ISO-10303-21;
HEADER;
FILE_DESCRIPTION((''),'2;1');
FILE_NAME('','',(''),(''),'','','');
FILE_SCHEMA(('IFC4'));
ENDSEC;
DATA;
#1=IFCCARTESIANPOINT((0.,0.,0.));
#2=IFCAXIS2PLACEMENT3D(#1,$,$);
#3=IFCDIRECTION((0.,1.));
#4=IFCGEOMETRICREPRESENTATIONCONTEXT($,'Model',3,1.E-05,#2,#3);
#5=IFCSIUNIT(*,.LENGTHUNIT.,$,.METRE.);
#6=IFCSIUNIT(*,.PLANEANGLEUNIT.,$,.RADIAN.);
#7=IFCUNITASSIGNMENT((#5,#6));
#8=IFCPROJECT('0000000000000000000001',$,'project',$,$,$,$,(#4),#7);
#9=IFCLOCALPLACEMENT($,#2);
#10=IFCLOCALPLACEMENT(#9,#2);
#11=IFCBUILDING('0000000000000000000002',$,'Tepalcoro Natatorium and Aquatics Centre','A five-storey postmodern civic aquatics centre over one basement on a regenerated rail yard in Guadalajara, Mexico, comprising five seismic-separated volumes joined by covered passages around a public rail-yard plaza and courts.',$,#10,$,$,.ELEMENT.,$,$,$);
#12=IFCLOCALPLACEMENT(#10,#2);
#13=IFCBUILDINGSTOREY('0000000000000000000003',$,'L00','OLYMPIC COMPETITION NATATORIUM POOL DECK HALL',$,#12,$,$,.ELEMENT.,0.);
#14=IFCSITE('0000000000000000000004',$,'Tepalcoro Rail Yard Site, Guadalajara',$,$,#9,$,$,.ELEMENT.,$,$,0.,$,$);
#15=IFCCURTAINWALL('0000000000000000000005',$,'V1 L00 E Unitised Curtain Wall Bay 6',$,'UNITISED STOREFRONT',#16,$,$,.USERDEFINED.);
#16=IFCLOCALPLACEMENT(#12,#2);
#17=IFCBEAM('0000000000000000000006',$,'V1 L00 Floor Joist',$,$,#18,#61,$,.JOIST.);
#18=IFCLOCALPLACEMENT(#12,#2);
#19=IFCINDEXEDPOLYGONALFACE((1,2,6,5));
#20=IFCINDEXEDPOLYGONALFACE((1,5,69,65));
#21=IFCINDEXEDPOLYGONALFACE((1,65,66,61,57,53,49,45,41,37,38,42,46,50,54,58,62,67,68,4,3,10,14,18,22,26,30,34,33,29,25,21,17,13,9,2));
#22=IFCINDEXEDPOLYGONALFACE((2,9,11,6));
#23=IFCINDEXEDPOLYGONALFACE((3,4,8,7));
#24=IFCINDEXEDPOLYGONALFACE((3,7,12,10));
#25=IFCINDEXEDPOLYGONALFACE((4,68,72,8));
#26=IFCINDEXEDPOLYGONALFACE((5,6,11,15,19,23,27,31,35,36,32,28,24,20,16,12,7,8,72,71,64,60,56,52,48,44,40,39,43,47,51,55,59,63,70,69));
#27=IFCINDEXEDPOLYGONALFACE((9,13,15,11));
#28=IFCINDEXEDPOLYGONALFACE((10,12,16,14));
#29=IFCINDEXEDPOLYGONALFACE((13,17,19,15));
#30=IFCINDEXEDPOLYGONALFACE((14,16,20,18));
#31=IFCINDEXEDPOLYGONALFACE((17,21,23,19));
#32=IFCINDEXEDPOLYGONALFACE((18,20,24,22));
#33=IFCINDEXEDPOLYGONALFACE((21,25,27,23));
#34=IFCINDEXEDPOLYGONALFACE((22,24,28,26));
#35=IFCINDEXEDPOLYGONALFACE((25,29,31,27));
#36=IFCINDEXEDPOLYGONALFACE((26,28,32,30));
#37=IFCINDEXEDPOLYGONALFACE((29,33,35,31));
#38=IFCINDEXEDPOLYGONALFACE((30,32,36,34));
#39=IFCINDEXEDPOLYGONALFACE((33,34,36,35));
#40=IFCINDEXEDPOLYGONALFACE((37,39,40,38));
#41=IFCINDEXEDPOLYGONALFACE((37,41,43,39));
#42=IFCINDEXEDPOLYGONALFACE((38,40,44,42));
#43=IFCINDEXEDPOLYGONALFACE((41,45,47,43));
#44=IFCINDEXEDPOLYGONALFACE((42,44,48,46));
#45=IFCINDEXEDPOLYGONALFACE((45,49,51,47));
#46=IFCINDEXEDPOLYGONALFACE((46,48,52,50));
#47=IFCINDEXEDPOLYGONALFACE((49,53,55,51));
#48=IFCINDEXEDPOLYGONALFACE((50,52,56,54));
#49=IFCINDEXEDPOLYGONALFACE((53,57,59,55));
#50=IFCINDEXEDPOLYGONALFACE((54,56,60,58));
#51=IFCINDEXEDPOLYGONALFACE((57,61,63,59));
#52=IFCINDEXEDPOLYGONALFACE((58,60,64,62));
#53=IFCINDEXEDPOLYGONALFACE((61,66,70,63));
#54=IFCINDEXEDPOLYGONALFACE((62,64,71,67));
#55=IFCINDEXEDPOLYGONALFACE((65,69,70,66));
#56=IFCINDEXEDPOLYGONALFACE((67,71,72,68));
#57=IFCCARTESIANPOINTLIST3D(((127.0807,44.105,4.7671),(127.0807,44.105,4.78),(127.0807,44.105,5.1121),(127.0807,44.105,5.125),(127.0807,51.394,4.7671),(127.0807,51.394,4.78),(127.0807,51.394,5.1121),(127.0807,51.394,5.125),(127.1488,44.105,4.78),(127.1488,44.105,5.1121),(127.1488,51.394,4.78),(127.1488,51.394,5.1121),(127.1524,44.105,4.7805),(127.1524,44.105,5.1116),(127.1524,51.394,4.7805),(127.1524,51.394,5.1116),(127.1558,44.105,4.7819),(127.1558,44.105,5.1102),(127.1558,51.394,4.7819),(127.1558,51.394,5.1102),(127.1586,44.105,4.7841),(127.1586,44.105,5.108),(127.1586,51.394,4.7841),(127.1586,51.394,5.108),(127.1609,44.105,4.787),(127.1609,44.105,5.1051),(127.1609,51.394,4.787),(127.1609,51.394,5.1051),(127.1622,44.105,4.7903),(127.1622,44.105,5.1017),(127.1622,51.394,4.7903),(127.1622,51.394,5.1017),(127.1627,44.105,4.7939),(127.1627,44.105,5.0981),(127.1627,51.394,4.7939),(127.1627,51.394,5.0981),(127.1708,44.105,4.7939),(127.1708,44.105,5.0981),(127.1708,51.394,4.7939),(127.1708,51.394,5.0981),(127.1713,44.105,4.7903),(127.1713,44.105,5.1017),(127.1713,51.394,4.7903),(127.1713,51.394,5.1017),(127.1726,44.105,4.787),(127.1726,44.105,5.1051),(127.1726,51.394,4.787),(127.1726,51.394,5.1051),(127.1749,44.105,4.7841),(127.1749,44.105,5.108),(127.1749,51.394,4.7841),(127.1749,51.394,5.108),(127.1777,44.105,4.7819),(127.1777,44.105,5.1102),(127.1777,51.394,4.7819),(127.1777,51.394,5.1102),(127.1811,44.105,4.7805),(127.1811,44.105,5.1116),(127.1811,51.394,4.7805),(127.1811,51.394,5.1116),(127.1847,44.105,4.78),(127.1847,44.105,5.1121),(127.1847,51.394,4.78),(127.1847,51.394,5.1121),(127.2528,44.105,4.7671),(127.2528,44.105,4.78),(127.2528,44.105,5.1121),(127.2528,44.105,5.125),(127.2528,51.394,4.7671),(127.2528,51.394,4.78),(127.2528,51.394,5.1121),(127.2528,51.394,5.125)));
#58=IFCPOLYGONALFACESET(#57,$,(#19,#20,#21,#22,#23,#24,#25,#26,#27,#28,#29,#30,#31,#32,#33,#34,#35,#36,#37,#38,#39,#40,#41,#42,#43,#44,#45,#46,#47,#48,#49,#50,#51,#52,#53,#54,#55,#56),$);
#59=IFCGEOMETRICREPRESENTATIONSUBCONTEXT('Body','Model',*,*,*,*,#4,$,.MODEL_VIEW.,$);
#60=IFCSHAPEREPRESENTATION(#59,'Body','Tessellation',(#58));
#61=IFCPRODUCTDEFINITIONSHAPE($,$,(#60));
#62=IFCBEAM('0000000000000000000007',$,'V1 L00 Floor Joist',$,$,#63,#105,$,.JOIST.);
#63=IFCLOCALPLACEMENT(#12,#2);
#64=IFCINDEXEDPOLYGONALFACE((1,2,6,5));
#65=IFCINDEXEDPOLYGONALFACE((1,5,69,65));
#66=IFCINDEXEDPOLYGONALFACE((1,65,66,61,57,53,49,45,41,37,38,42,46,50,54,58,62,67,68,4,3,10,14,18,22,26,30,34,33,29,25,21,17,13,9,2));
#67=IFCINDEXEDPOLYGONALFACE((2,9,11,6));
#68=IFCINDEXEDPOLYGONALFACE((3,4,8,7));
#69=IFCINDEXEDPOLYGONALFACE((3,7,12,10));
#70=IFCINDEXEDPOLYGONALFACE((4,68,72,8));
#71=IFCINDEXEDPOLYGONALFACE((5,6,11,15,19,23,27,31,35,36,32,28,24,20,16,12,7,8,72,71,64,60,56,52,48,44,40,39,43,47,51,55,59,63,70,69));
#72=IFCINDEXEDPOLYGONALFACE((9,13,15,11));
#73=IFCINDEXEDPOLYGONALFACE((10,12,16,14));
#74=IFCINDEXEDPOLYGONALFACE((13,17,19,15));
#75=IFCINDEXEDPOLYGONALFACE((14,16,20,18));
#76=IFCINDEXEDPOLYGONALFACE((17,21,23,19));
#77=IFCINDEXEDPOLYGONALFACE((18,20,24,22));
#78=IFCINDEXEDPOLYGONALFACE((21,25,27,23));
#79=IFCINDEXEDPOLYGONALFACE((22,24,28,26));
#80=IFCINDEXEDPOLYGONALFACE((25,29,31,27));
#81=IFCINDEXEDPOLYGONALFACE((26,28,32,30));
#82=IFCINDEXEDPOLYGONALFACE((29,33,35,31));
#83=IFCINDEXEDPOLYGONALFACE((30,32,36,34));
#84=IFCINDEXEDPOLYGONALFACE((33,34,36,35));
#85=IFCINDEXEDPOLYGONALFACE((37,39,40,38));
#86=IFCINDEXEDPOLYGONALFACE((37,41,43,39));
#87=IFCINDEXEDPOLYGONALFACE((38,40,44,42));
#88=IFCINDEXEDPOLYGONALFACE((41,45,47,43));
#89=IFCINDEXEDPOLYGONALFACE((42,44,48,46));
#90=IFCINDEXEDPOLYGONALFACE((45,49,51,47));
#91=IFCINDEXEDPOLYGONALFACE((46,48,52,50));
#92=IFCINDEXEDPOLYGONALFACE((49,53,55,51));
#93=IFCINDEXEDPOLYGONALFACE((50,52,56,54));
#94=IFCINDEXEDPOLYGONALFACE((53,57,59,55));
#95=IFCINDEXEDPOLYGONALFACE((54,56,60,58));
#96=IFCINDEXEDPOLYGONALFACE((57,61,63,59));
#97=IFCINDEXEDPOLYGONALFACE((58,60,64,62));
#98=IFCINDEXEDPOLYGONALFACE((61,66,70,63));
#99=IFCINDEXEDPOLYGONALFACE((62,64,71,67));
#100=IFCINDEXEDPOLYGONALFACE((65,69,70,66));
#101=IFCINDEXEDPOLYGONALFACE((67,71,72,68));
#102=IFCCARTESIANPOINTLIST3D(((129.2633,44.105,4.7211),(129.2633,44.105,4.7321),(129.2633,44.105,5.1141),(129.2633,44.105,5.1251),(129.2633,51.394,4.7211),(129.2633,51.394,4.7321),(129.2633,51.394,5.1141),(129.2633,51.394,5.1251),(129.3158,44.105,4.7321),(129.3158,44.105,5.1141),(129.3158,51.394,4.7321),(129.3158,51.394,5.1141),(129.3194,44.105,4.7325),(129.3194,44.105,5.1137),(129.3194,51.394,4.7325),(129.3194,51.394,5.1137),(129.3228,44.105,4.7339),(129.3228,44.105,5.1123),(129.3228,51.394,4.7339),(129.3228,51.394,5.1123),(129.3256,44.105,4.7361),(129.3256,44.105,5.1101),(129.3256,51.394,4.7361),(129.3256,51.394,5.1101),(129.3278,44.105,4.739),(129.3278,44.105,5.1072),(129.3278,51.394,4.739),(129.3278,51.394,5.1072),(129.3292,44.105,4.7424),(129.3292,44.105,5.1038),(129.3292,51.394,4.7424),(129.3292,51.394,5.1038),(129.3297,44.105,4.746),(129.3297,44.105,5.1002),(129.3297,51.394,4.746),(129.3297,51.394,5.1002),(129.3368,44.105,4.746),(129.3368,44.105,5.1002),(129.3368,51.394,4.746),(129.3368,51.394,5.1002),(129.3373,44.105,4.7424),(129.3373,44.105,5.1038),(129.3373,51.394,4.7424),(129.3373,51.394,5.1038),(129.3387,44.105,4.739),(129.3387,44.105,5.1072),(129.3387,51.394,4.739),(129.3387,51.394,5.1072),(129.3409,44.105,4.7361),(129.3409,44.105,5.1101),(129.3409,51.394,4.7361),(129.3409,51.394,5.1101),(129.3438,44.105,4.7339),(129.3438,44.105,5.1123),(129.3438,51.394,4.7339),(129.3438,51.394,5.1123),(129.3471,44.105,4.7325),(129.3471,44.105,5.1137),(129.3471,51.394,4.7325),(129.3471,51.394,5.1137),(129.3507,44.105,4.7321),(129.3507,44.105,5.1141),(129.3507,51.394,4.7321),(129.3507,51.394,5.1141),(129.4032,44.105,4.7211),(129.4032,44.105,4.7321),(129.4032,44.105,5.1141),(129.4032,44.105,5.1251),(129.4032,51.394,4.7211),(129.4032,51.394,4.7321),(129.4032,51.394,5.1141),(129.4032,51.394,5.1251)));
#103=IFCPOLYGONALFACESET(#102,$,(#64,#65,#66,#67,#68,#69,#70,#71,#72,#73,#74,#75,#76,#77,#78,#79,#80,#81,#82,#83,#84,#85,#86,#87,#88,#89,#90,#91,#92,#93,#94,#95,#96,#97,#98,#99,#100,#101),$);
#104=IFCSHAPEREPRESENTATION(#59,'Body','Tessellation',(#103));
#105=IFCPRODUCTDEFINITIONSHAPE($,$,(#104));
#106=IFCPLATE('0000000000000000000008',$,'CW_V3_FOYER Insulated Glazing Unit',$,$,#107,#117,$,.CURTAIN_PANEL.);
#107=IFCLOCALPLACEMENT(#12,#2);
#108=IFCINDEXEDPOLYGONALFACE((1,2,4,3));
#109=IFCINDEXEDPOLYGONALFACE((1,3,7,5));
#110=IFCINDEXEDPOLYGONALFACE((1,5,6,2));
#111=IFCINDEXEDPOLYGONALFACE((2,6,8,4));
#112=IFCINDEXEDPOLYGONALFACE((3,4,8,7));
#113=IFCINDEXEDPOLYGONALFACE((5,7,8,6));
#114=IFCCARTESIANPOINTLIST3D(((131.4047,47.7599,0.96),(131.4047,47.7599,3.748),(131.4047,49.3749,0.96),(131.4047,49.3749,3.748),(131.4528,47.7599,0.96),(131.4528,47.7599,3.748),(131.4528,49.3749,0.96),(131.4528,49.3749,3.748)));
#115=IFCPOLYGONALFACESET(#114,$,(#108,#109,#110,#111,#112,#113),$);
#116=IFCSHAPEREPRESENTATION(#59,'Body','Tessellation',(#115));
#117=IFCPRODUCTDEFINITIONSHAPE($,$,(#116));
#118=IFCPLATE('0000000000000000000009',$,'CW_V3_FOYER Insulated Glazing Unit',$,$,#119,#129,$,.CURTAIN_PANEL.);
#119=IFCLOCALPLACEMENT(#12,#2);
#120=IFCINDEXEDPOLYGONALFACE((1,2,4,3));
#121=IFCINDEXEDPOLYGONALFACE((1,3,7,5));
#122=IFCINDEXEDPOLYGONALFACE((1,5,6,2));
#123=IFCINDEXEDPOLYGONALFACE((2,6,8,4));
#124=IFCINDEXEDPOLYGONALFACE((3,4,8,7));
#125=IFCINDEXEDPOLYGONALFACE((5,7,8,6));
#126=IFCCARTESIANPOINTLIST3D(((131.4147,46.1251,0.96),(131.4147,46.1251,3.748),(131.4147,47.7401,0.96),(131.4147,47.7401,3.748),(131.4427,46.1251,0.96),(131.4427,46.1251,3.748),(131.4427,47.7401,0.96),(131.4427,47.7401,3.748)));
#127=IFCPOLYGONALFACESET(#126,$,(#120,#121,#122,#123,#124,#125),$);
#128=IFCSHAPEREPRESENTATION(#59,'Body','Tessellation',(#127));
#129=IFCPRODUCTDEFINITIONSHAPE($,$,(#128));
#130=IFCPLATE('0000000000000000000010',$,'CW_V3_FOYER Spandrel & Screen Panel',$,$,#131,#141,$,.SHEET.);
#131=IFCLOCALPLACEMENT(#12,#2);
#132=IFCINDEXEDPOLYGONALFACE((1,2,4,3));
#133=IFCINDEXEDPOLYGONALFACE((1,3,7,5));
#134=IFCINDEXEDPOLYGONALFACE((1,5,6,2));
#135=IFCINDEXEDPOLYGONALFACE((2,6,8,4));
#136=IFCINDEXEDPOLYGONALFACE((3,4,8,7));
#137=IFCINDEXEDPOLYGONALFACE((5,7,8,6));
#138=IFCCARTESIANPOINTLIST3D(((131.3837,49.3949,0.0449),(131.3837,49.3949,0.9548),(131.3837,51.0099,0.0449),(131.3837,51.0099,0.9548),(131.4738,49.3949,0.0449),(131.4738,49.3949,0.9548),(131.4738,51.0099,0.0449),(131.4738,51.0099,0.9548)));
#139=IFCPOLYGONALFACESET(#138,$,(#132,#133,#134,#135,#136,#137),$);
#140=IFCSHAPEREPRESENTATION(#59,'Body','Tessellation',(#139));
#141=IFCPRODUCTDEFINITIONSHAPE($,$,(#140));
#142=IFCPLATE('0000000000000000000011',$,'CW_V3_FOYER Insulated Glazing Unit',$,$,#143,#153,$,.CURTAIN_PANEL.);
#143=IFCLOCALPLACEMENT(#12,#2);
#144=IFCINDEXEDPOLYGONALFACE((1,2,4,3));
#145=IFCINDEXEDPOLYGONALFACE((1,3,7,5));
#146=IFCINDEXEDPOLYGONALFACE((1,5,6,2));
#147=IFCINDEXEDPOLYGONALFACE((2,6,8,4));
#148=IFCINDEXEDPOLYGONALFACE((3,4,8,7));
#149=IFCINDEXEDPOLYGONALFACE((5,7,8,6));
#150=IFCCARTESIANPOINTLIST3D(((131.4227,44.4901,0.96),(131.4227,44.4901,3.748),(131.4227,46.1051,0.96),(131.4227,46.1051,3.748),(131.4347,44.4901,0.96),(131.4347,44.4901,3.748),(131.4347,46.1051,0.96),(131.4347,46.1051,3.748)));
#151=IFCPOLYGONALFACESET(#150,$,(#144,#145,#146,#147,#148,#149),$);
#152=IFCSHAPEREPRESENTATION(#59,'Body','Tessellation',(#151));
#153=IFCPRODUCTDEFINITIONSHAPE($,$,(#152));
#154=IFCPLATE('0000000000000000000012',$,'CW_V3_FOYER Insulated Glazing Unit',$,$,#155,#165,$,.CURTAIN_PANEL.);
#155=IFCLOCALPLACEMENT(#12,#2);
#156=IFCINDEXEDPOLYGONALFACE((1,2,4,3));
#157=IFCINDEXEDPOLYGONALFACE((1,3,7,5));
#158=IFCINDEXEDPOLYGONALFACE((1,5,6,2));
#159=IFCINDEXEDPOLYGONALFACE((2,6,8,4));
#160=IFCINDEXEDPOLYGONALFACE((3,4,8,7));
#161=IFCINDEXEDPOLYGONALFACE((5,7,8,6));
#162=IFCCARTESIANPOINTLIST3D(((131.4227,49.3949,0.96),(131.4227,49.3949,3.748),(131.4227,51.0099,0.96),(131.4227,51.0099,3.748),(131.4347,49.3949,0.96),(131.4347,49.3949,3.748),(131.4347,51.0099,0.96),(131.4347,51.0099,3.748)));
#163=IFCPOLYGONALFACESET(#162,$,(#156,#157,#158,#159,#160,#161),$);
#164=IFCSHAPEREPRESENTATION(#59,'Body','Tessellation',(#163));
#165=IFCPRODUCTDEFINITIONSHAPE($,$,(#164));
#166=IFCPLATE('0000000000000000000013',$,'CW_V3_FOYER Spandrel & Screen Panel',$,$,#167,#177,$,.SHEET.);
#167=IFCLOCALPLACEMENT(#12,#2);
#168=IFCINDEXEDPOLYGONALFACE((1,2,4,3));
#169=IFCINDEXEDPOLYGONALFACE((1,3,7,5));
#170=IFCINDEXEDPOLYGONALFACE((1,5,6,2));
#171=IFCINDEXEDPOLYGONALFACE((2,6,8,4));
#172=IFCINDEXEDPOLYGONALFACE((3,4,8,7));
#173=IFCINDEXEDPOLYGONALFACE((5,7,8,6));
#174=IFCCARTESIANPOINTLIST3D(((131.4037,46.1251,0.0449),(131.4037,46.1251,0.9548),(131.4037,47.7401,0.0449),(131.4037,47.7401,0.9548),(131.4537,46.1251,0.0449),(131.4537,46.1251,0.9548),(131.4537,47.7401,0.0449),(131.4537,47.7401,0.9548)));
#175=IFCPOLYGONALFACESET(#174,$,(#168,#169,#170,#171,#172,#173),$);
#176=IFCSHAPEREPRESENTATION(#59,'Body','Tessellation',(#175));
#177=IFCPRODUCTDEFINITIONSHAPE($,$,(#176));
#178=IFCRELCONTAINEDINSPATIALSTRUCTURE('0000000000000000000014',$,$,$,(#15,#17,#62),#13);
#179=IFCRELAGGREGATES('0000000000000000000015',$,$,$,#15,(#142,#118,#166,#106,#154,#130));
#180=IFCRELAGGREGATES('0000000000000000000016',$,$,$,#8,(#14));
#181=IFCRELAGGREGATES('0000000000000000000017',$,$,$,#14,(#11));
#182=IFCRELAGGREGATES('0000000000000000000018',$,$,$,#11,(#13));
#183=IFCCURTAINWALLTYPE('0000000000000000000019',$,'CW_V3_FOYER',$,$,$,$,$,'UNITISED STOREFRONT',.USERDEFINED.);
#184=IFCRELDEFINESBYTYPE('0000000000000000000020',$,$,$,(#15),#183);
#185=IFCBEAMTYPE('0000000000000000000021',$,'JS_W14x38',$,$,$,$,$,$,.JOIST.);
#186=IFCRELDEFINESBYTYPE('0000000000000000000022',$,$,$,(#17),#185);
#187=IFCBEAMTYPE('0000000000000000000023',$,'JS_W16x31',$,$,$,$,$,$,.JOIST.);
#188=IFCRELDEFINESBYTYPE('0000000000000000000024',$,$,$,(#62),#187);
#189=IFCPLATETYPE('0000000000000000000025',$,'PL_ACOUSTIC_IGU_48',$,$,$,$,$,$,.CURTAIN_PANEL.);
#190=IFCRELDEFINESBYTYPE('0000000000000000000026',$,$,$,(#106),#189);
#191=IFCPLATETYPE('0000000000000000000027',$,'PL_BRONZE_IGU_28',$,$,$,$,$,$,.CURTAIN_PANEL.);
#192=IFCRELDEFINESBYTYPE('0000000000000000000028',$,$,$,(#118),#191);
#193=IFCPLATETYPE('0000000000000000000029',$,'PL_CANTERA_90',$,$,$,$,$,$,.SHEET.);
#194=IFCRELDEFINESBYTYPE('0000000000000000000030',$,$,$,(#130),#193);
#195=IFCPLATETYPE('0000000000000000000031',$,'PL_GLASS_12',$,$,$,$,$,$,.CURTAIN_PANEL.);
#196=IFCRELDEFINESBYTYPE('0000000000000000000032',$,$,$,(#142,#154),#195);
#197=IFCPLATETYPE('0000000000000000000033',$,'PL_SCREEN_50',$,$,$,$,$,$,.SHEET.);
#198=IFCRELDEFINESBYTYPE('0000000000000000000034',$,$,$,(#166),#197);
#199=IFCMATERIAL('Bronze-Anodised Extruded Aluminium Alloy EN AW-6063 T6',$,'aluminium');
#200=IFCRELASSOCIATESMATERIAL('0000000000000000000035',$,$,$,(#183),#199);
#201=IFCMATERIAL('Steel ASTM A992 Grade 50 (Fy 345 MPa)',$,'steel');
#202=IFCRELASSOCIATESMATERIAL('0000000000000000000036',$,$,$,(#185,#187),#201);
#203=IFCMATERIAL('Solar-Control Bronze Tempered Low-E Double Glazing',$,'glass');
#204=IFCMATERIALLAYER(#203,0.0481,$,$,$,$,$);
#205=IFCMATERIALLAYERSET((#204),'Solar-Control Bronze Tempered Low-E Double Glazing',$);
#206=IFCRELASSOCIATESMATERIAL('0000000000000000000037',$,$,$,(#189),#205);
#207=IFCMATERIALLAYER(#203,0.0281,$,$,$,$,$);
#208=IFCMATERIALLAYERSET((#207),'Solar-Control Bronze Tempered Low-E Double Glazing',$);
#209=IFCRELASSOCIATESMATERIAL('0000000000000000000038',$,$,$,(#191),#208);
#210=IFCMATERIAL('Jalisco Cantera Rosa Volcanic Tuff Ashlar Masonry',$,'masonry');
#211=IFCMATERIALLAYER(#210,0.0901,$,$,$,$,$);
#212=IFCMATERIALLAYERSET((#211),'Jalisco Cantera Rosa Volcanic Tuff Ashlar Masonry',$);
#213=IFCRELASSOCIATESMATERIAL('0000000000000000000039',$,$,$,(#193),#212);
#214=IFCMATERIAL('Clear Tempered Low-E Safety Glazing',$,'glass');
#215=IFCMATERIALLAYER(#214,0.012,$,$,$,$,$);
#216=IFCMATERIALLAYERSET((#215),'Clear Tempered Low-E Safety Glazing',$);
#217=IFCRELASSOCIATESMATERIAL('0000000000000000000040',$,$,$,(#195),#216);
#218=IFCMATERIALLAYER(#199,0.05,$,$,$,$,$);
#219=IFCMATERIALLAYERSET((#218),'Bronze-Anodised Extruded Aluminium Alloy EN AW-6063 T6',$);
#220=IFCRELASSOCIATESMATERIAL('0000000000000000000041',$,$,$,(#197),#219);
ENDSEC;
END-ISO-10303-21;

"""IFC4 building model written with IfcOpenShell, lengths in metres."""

from ifc_helpers import new_model, si_unit, direction, frame, origin, origin_2d, place, context, subcontext, project, spatial, rectangle, i_section, extrude, material, layer, layer_set, material_profile, profile_set, type_object, element, aggregate, save


model = new_model("IFC4")

# Units and contexts
model_context = context("Model", 3, precision=1e-05, world=origin(), true_north=direction((0.0, 1.0)))
body_context = subcontext(model_context, "Body", "Model", "MODEL_VIEW")
ifc_project = project(units=[si_unit("LENGTHUNIT", "METRE"), si_unit("PLANEANGLEUNIT", "RADIAN")], contexts=[model_context])

# Site, building, storey
site_placement = place(None, origin())
site = spatial("IfcSite", under=ifc_project, at=site_placement, Name="Tepalcoro Rail Yard Site, Guadalajara", CompositionType="ELEMENT", RefElevation=0.0)
building_placement = place(site_placement, origin())
building = spatial("IfcBuilding", under=site, at=building_placement, Name="Tepalcoro Natatorium and Aquatics Centre", Description="A five-storey postmodern civic aquatics centre over one basement on a regenerated rail yard in Guadalajara, Mexico, comprising five seismic-separated volumes joined by covered passages around a public rail-yard plaza and courts.", CompositionType="ELEMENT")
storey_placement = place(building_placement, origin())
storey = spatial("IfcBuildingStorey", under=building, at=storey_placement, Name="L00", Description="OLYMPIC COMPETITION NATATORIUM POOL DECK HALL", CompositionType="ELEMENT", Elevation=0.0)

# Shared definitions
ifc_material_1 = material(Name="Steel ASTM A992 Grade 50 (Fy 345 MPa)", Category="steel")

# Curtain wall
ifc_material_2 = material(Name="Bronze-Anodised Extruded Aluminium Alloy EN AW-6063 T6", Category="aluminium")
curtain_wall_type = type_object("IfcCurtainWallType", Name="CW_V3_FOYER", ElementType="UNITISED STOREFRONT", PredefinedType="USERDEFINED", material=ifc_material_2)
curtain_wall_placement = place(storey_placement, origin())
curtain_wall = element("IfcCurtainWall", 1, at=curtain_wall_placement, inside=storey, type_object=curtain_wall_type, Name="V1 L00 E Unitised Curtain Wall Bay 6", ObjectType="UNITISED STOREFRONT", PredefinedType="USERDEFINED")

# Beams
ifc_material_profile_1 = material_profile(ifc_material_1, i_section(OverallWidth=0.1721, OverallDepth=0.3579, WebThickness=0.0081, FlangeThickness=0.0129, FilletRadius=0.0139, at=origin_2d()), Name="W14X38")
ifc_profile_set_1 = profile_set([ifc_material_profile_1], Name="Steel ASTM A992 Grade 50 (Fy 345 MPa)")
beam_type_1 = type_object("IfcBeamType", Name="JS_W14x38", PredefinedType="JOIST", material=ifc_profile_set_1)
beam_1_placement = place(storey_placement, frame((127.1667, 44.105, 4.946), z_axis=(0.0, 1.0, 0.0), x_axis=(-1.0, 0.0, 0.0)))
element("IfcBeam", 2, at=beam_1_placement, inside=storey, type_object=beam_type_1, Name="V1 L00 Floor Joist", PredefinedType="JOIST", context=body_context, shape_type="SweptSolid", body=[
    extrude(i_section(OverallWidth=0.1721, OverallDepth=0.3579, WebThickness=0.0081, FlangeThickness=0.0129, FilletRadius=0.0139, at=origin_2d()), origin(), (0.0, 0.0, 1.0), 7.2891),
])
ifc_material_profile_2 = material_profile(ifc_material_1, i_section(OverallWidth=0.1399, OverallDepth=0.4041, WebThickness=0.0071, FlangeThickness=0.011, FilletRadius=0.0139, at=origin_2d()), Name="W16X31")
ifc_profile_set_2 = profile_set([ifc_material_profile_2], Name="Steel ASTM A992 Grade 50 (Fy 345 MPa)")
beam_type_2 = type_object("IfcBeamType", Name="JS_W16x31", PredefinedType="JOIST", material=ifc_profile_set_2)
beam_2_placement = place(storey_placement, frame((129.3333, 44.105, 4.9231), z_axis=(0.0, 1.0, 0.0), x_axis=(-1.0, 0.0, 0.0)))
element("IfcBeam", 3, at=beam_2_placement, inside=storey, type_object=beam_type_2, Name="V1 L00 Floor Joist", PredefinedType="JOIST", context=body_context, shape_type="SweptSolid", body=[
    extrude(i_section(OverallWidth=0.1399, OverallDepth=0.4041, WebThickness=0.0071, FlangeThickness=0.011, FilletRadius=0.0139, at=origin_2d()), origin(), (0.0, 0.0, 1.0), 7.2891),
])

# Plates
ifc_material_3 = material(Name="Solar-Control Bronze Tempered Low-E Double Glazing", Category="glass")
ifc_layer_1 = layer(ifc_material_3, 0.0481)
ifc_layer_set_1 = layer_set([ifc_layer_1], Name="Solar-Control Bronze Tempered Low-E Double Glazing")
plate_type_1 = type_object("IfcPlateType", Name="PL_ACOUSTIC_IGU_48", PredefinedType="CURTAIN_PANEL", material=ifc_layer_set_1)
plate_1_placement = place(storey_placement, frame((131.4287, 48.5674, 0.96), z_axis=(0.0, 0.0, 1.0), x_axis=(1.0, 0.0, 0.0)))
plate_1 = element("IfcPlate", 4, at=plate_1_placement, type_object=plate_type_1, Name="CW_V3_FOYER Insulated Glazing Unit", PredefinedType="CURTAIN_PANEL", context=body_context, shape_type="SweptSolid", body=[
    extrude(rectangle(XDim=0.0481, YDim=1.615, at=origin_2d()), origin(), (0.0, 0.0, 1.0), 2.7881),
])
ifc_layer_2 = layer(ifc_material_3, 0.0281)
ifc_layer_set_2 = layer_set([ifc_layer_2], Name="Solar-Control Bronze Tempered Low-E Double Glazing")
plate_type_2 = type_object("IfcPlateType", Name="PL_BRONZE_IGU_28", PredefinedType="CURTAIN_PANEL", material=ifc_layer_set_2)
plate_2_placement = place(storey_placement, frame((131.4287, 46.9326, 0.96), z_axis=(0.0, 0.0, 1.0), x_axis=(1.0, 0.0, 0.0)))
plate_2 = element("IfcPlate", 5, at=plate_2_placement, type_object=plate_type_2, Name="CW_V3_FOYER Insulated Glazing Unit", PredefinedType="CURTAIN_PANEL", context=body_context, shape_type="SweptSolid", body=[
    extrude(rectangle(XDim=0.0281, YDim=1.615, at=origin_2d()), origin(), (0.0, 0.0, 1.0), 2.7881),
])
ifc_material_4 = material(Name="Jalisco Cantera Rosa Volcanic Tuff Ashlar Masonry", Category="masonry")
ifc_layer_3 = layer(ifc_material_4, 0.0901)
ifc_layer_set_3 = layer_set([ifc_layer_3], Name="Jalisco Cantera Rosa Volcanic Tuff Ashlar Masonry")
plate_type_3 = type_object("IfcPlateType", Name="PL_CANTERA_90", PredefinedType="SHEET", material=ifc_layer_set_3)
plate_3_placement = place(storey_placement, frame((131.4287, 50.2024, 0.0449), z_axis=(0.0, 0.0, 1.0), x_axis=(1.0, 0.0, 0.0)))
plate_3 = element("IfcPlate", 6, at=plate_3_placement, type_object=plate_type_3, Name="CW_V3_FOYER Spandrel & Screen Panel", PredefinedType="SHEET", context=body_context, shape_type="SweptSolid", body=[
    extrude(rectangle(XDim=0.0901, YDim=1.615, at=origin_2d()), origin(), (0.0, 0.0, 1.0), 0.9099),
])
ifc_material_5 = material(Name="Clear Tempered Low-E Safety Glazing", Category="glass")
ifc_layer_4 = layer(ifc_material_5, 0.012)
ifc_layer_set_4 = layer_set([ifc_layer_4], Name="Clear Tempered Low-E Safety Glazing")
plate_type_4 = type_object("IfcPlateType", Name="PL_GLASS_12", PredefinedType="CURTAIN_PANEL", material=ifc_layer_set_4)
plate_4_placement = place(storey_placement, frame((131.4287, 45.2976, 0.96), z_axis=(0.0, 0.0, 1.0), x_axis=(1.0, 0.0, 0.0)))
plate_4 = element("IfcPlate", 7, at=plate_4_placement, type_object=plate_type_4, Name="CW_V3_FOYER Insulated Glazing Unit", PredefinedType="CURTAIN_PANEL", context=body_context, shape_type="SweptSolid", body=[
    extrude(rectangle(XDim=0.012, YDim=1.615, at=origin_2d()), origin(), (0.0, 0.0, 1.0), 2.7881),
])
plate_5_placement = place(storey_placement, frame((131.4287, 50.2024, 0.96), z_axis=(0.0, 0.0, 1.0), x_axis=(1.0, 0.0, 0.0)))
plate_5 = element("IfcPlate", 8, at=plate_5_placement, type_object=plate_type_4, Name="CW_V3_FOYER Insulated Glazing Unit", PredefinedType="CURTAIN_PANEL", context=body_context, shape_type="SweptSolid", body=[
    extrude(rectangle(XDim=0.012, YDim=1.615, at=origin_2d()), origin(), (0.0, 0.0, 1.0), 2.7881),
])
ifc_layer_5 = layer(ifc_material_2, 0.05)
ifc_layer_set_5 = layer_set([ifc_layer_5], Name="Bronze-Anodised Extruded Aluminium Alloy EN AW-6063 T6")
plate_type_5 = type_object("IfcPlateType", Name="PL_SCREEN_50", PredefinedType="SHEET", material=ifc_layer_set_5)
plate_6_placement = place(storey_placement, frame((131.4287, 46.9326, 0.0449), z_axis=(0.0, 0.0, 1.0), x_axis=(1.0, 0.0, 0.0)))
plate_6 = element("IfcPlate", 9, at=plate_6_placement, type_object=plate_type_5, Name="CW_V3_FOYER Spandrel & Screen Panel", PredefinedType="SHEET", context=body_context, shape_type="SweptSolid", body=[
    extrude(rectangle(XDim=0.05, YDim=1.615, at=origin_2d()), origin(), (0.0, 0.0, 1.0), 0.9099),
])
aggregate(curtain_wall, [plate_4, plate_2, plate_6, plate_1, plate_5, plate_3])

save(model, "model.ifc")
